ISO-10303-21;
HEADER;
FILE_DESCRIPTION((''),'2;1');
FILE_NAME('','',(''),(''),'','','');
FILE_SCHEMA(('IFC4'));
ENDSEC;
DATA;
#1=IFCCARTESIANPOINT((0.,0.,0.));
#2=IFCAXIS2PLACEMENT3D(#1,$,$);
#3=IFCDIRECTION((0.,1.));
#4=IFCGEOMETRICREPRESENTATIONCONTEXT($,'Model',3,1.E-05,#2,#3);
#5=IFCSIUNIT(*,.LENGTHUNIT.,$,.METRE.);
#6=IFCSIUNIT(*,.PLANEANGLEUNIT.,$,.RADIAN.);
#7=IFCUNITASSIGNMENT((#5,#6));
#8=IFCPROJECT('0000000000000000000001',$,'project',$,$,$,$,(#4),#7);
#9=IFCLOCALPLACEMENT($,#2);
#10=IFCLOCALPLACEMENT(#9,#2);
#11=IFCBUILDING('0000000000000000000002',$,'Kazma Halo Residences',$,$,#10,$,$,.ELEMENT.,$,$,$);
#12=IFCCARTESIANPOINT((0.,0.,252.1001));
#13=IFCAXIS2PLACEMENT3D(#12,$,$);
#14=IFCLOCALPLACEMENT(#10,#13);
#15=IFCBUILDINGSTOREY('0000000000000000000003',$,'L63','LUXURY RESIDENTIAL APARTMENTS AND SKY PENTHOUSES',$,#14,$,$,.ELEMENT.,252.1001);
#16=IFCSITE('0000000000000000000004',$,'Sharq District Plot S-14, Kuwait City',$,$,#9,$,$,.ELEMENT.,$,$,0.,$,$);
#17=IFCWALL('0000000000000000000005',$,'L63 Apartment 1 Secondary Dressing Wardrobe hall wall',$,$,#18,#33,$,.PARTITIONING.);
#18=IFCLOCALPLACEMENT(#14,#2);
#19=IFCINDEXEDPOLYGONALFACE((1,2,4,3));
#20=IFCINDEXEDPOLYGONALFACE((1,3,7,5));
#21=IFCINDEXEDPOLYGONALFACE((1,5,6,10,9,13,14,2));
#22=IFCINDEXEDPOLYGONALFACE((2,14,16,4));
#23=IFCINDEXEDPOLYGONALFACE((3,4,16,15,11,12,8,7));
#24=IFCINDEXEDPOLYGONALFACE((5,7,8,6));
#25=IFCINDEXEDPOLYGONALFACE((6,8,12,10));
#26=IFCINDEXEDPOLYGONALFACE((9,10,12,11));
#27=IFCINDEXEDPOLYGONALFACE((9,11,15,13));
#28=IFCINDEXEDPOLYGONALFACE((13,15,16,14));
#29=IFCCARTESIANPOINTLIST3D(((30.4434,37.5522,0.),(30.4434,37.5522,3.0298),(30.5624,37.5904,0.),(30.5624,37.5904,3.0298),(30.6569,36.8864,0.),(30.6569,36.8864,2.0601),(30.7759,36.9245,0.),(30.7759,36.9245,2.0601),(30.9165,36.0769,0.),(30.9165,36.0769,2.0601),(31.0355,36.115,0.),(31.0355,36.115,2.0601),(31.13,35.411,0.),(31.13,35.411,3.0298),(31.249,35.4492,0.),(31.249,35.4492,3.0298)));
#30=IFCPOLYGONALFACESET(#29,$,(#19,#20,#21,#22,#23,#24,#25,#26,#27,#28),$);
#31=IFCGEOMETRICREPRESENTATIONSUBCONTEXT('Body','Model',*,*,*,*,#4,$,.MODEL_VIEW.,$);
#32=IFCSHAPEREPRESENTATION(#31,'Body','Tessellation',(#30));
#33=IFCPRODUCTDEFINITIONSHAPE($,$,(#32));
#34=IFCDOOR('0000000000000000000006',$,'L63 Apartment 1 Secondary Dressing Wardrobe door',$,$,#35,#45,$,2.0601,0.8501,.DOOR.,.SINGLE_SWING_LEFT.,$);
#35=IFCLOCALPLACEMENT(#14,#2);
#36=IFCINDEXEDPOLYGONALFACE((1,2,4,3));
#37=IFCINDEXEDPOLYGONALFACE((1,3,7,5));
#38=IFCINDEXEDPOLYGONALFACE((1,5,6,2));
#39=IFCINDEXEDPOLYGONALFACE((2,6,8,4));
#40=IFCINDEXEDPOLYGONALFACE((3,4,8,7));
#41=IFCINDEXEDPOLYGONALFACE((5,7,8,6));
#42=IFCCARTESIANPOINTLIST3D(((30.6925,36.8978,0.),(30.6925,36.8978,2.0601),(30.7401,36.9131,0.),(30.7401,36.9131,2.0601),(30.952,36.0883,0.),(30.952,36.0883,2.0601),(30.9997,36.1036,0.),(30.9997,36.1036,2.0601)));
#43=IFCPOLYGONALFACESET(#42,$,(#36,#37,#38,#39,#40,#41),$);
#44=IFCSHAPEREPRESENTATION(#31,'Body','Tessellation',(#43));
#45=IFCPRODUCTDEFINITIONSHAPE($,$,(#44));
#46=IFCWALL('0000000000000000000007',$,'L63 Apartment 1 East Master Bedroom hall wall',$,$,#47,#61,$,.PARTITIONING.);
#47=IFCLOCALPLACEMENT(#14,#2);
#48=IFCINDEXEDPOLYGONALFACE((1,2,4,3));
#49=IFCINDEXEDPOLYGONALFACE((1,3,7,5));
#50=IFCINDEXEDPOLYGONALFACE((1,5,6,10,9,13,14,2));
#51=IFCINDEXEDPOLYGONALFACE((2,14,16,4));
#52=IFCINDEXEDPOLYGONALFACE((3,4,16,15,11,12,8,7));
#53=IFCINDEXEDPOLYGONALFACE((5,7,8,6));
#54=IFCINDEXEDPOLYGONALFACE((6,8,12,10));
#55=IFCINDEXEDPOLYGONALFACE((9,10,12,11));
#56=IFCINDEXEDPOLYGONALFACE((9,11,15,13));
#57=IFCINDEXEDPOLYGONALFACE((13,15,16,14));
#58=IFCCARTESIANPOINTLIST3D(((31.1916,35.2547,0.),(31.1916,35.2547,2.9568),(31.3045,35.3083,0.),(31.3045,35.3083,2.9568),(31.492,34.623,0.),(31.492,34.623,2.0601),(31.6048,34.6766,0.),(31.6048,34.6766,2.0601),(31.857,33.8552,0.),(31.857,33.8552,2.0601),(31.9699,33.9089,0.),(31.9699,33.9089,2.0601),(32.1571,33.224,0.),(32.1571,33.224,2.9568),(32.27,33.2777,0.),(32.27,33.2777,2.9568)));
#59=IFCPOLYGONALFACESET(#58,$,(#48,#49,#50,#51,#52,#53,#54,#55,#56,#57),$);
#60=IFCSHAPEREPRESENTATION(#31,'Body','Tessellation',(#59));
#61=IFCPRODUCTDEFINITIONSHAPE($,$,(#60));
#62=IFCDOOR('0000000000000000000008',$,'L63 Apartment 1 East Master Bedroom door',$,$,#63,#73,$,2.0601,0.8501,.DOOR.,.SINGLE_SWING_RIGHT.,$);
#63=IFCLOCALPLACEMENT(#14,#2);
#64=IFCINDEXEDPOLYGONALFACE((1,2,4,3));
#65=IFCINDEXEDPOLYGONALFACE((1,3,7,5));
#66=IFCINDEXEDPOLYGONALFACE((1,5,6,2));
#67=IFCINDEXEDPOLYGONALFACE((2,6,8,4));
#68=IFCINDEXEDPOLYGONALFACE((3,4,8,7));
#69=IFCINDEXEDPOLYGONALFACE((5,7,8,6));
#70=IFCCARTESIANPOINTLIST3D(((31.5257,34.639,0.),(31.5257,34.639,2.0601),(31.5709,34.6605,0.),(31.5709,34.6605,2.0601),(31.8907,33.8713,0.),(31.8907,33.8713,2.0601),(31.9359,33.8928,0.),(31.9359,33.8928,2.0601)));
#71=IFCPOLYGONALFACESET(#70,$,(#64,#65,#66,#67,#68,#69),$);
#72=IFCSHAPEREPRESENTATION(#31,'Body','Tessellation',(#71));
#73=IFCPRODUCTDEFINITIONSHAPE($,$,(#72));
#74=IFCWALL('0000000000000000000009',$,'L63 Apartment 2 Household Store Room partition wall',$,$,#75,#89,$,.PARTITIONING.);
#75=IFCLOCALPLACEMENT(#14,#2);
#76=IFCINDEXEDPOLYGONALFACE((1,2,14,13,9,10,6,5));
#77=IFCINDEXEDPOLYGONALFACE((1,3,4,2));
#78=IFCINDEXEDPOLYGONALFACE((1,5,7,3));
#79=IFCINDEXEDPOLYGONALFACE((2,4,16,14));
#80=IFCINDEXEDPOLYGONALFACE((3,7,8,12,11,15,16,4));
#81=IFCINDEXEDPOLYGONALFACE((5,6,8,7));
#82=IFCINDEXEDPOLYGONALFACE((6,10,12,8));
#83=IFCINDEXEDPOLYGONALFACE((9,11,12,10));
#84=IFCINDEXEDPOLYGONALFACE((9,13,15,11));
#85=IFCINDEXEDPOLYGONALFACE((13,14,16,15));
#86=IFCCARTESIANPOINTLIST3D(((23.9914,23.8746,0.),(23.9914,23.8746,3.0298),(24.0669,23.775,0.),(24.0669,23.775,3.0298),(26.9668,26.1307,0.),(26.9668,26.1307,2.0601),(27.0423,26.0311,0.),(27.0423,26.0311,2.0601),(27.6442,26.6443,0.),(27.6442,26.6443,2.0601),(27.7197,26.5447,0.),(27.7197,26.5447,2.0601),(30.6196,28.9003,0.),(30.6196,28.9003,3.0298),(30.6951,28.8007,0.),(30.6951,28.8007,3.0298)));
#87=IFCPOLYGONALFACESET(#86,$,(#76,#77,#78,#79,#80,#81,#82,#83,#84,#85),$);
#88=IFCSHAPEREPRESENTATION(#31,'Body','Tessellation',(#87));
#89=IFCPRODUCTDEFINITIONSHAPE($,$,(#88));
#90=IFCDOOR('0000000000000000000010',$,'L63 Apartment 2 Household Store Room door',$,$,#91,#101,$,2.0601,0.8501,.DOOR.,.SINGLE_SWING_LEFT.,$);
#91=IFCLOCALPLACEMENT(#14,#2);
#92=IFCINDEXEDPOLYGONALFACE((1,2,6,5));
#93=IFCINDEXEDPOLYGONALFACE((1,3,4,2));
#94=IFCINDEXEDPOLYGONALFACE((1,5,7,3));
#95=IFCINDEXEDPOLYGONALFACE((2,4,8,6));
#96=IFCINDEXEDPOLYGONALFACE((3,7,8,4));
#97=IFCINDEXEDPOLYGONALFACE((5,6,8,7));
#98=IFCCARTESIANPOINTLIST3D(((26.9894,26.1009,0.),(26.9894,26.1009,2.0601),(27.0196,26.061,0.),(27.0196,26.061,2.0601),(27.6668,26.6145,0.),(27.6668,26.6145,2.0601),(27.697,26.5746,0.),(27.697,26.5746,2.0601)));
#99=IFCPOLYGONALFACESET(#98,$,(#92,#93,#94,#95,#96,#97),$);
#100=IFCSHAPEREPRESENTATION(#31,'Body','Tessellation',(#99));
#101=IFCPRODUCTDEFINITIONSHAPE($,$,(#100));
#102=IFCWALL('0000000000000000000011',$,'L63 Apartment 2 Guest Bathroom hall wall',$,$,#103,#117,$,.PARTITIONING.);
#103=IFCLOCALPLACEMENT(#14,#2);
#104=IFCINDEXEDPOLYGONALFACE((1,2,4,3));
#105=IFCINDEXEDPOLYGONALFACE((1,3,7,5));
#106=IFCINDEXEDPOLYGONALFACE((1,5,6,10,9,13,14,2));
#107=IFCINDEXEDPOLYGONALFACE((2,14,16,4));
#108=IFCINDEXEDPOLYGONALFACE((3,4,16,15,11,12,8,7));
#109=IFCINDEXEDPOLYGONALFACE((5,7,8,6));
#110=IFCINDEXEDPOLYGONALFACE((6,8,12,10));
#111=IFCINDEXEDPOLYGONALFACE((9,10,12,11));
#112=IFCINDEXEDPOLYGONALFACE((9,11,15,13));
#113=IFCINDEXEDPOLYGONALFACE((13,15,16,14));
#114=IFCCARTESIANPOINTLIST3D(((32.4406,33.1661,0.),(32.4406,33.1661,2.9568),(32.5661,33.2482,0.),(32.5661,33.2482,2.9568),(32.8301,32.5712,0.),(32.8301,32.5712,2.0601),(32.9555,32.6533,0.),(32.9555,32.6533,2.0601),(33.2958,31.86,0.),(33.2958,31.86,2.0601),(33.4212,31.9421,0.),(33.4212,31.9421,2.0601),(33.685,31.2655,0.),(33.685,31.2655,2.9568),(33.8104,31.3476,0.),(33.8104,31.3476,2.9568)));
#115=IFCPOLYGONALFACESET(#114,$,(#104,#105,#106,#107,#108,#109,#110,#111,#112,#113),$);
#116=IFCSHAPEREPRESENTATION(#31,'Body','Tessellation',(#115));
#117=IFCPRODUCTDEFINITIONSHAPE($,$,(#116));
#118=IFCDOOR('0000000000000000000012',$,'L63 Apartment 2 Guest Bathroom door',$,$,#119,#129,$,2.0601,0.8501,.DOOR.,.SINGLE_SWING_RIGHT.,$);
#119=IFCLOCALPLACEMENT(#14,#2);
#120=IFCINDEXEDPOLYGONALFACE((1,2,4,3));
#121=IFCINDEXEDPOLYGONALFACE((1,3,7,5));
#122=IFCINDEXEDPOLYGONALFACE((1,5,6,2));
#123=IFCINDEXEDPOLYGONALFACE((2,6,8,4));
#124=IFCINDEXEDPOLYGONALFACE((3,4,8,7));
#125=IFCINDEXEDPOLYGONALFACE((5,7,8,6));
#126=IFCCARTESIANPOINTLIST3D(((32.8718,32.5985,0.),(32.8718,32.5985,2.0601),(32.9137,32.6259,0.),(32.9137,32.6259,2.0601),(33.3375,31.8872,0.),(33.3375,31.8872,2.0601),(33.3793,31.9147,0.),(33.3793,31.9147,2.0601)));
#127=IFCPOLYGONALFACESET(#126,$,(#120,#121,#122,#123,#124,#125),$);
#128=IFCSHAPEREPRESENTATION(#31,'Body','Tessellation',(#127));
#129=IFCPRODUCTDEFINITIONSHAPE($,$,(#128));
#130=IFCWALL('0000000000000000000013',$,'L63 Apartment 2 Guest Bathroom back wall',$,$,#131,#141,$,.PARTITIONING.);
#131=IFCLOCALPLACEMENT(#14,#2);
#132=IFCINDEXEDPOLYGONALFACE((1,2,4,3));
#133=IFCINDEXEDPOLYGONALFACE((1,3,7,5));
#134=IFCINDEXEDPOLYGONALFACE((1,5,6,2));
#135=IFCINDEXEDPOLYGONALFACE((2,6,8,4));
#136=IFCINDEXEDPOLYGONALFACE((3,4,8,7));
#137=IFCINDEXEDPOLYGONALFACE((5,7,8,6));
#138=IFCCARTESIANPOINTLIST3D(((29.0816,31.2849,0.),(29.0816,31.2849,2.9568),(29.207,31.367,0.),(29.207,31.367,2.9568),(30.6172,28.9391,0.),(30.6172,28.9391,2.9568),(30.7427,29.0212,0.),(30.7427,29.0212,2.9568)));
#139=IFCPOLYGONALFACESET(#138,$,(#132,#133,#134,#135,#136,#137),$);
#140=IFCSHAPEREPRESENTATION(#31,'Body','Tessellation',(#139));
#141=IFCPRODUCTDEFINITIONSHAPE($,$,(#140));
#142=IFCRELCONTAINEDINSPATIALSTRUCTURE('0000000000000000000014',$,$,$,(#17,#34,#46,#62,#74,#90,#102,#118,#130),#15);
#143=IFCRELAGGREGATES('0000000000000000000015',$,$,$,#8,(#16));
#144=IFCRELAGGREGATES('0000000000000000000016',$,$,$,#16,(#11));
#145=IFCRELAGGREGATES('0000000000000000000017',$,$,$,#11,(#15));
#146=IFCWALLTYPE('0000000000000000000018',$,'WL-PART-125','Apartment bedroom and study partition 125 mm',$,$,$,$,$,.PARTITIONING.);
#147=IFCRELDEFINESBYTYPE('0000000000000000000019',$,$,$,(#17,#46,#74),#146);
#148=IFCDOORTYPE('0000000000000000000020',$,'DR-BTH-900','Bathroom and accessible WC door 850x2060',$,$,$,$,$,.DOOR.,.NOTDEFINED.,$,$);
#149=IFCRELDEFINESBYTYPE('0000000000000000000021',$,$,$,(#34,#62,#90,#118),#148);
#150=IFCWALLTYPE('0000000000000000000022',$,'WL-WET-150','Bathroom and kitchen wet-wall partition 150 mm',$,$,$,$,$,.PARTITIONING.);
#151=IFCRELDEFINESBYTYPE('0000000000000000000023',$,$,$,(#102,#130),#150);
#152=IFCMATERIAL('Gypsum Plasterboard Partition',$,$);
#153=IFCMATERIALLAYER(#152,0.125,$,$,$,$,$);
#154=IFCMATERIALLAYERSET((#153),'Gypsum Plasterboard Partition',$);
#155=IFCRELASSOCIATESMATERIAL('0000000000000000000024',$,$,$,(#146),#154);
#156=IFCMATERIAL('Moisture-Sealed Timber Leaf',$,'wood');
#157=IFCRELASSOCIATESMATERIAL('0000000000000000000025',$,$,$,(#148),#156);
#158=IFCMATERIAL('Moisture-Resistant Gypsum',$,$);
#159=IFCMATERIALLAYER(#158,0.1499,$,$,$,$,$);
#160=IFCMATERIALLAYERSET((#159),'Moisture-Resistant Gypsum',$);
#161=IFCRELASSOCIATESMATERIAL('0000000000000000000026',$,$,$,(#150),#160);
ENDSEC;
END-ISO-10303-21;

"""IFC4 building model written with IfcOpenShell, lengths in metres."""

from ifc_helpers import new_model, si_unit, direction, frame, frame_2d, origin, place, context, subcontext, project, spatial, rectangle, extrude, material, layer, layer_set, type_object, element, fill, save


model = new_model("IFC4")

# Units and contexts
model_context = context("Model", 3, precision=1e-05, world=origin(), true_north=direction((0.0, 1.0)))
body_context = subcontext(model_context, "Body", "Model", "MODEL_VIEW")
ifc_project = project(units=[si_unit("LENGTHUNIT", "METRE"), si_unit("PLANEANGLEUNIT", "RADIAN")], contexts=[model_context])

# Site, building, storey
site_placement = place(None, origin())
site = spatial("IfcSite", under=ifc_project, at=site_placement, Name="Sharq District Plot S-14, Kuwait City", CompositionType="ELEMENT", RefElevation=0.0)
building_placement = place(site_placement, origin())
building = spatial("IfcBuilding", under=site, at=building_placement, Name="Kazma Halo Residences", CompositionType="ELEMENT")
storey_placement = place(building_placement, frame((0.0, 0.0, 252.1001)))
storey = spatial("IfcBuildingStorey", under=building, at=storey_placement, Name="L63", Description="LUXURY RESIDENTIAL APARTMENTS AND SKY PENTHOUSES", CompositionType="ELEMENT", Elevation=252.1001)

# Shared definitions
ifc_material_1 = material(Name="Gypsum Plasterboard Partition")
ifc_layer_1 = layer(ifc_material_1, 0.125)
ifc_layer_set_1 = layer_set([ifc_layer_1], Name="Gypsum Plasterboard Partition")
wall_type_1 = type_object("IfcWallType", Name="WL-PART-125", Description="Apartment bedroom and study partition 125 mm", PredefinedType="PARTITIONING", material=ifc_layer_set_1)

# Walls, openings, doors
ifc_material_2 = material(Name="Moisture-Sealed Timber Leaf", Category="wood")
door_type = type_object("IfcDoorType", Name="DR-BTH-900", Description="Bathroom and accessible WC door 850x2060", OperationType="NOTDEFINED", PredefinedType="DOOR", material=ifc_material_2)
wall_1_placement = place(storey_placement, frame((30.5029, 37.5713, 0.0), z_axis=(0.0, 0.0, 1.0), x_axis=(0.305327, -0.952247, 0.0)))
wall_1 = element("IfcWall", 1, at=wall_1_placement, inside=storey, type_object=wall_type_1, Name="L63 Apartment 1 Secondary Dressing Wardrobe hall wall", PredefinedType="PARTITIONING", context=body_context, shape_type="SweptSolid", body=[
    extrude(rectangle(XDim=2.2485, YDim=0.125, at=frame_2d((1.1243, 0.0))), origin(), (0.0, 0.0, 1.0), 3.0298),
])
opening_1_placement = place(wall_1_placement, frame((0.6992, 0.0, 0.0)))
opening_1 = element("IfcOpeningElement", 2, at=opening_1_placement, cuts=wall_1, PredefinedType="OPENING", context=body_context, shape_type="SweptSolid", body=[
    extrude(rectangle(XDim=0.8501, YDim=2.0601, at=frame_2d((0.425, 1.03))), frame((0.0, 0.0725, 0.0), z_axis=(0.0, -1.0, 0.0), x_axis=(1.0, 0.0, 0.0)), (0.0, 0.0, 1.0), 0.145),
])
door_1_placement = place(opening_1_placement, origin())
door_1 = element("IfcDoor", 3, at=door_1_placement, inside=storey, type_object=door_type, Name="L63 Apartment 1 Secondary Dressing Wardrobe door", OperationType="SINGLE_SWING_LEFT", OverallHeight=2.0601, OverallWidth=0.8501, PredefinedType="DOOR", context=body_context, shape_type="SweptSolid", body=[
    extrude(rectangle(XDim=0.8501, YDim=2.0601, at=frame_2d((0.425, 1.03))), frame((0.0, 0.0249, 0.0), z_axis=(0.0, -1.0, 0.0), x_axis=(1.0, 0.0, 0.0)), (0.0, 0.0, 1.0), 0.05),
])
fill(opening_1, door_1)
wall_2_placement = place(storey_placement, frame((31.248, 35.2815, 0.0), z_axis=(0.0, 0.0, 1.0), x_axis=(0.429407, -0.903111, 0.0)))
wall_2 = element("IfcWall", 4, at=wall_2_placement, inside=storey, type_object=wall_type_1, Name="L63 Apartment 1 East Master Bedroom hall wall", PredefinedType="PARTITIONING", context=body_context, shape_type="SweptSolid", body=[
    extrude(rectangle(XDim=2.2485, YDim=0.125, at=frame_2d((1.1243, 0.0))), origin(), (0.0, 0.0, 1.0), 2.9568),
])
opening_2_placement = place(wall_2_placement, frame((0.6995, 0.0, 0.0)))
opening_2 = element("IfcOpeningElement", 5, at=opening_2_placement, cuts=wall_2, PredefinedType="OPENING", context=body_context, shape_type="SweptSolid", body=[
    extrude(rectangle(XDim=0.8501, YDim=2.0601, at=frame_2d((0.425, 1.03))), frame((0.0, 0.0725, 0.0), z_axis=(0.0, -1.0, 0.0), x_axis=(1.0, 0.0, 0.0)), (0.0, 0.0, 1.0), 0.145),
])
door_2_placement = place(opening_2_placement, origin())
door_2 = element("IfcDoor", 6, at=door_2_placement, inside=storey, type_object=door_type, Name="L63 Apartment 1 East Master Bedroom door", OperationType="SINGLE_SWING_RIGHT", OverallHeight=2.0601, OverallWidth=0.8501, PredefinedType="DOOR", context=body_context, shape_type="SweptSolid", body=[
    extrude(rectangle(XDim=0.8501, YDim=2.0601, at=frame_2d((0.425, 1.03))), frame((0.0, 0.0249, 0.0), z_axis=(0.0, -1.0, 0.0), x_axis=(1.0, 0.0, 0.0)), (0.0, 0.0, 1.0), 0.05),
])
fill(opening_2, door_2)
wall_3_placement = place(storey_placement, frame((30.6575, 28.8506, 0.0), z_axis=(0.0, 0.0, 1.0), x_axis=(-0.796844, -0.604185, 0.0)))
wall_3 = element("IfcWall", 7, at=wall_3_placement, inside=storey, type_object=wall_type_1, Name="L63 Apartment 2 Household Store Room partition wall", PredefinedType="PARTITIONING", context=body_context, shape_type="SweptSolid", body=[
    extrude(rectangle(XDim=8.3181, YDim=0.125, at=frame_2d((4.1592, 0.0))), origin(), (0.0, 0.0, 1.0), 3.0298),
])
opening_3_placement = place(wall_3_placement, frame((3.7341, 0.0, 0.0)))
opening_3 = element("IfcOpeningElement", 8, at=opening_3_placement, cuts=wall_3, PredefinedType="OPENING", context=body_context, shape_type="SweptSolid", body=[
    extrude(rectangle(XDim=0.8501, YDim=2.0601, at=frame_2d((0.425, 1.03))), frame((0.0, 0.0725, 0.0), z_axis=(0.0, -1.0, 0.0), x_axis=(1.0, 0.0, 0.0)), (0.0, 0.0, 1.0), 0.145),
])
door_3_placement = place(opening_3_placement, origin())
door_3 = element("IfcDoor", 9, at=door_3_placement, inside=storey, type_object=door_type, Name="L63 Apartment 2 Household Store Room door", OperationType="SINGLE_SWING_LEFT", OverallHeight=2.0601, OverallWidth=0.8501, PredefinedType="DOOR", context=body_context, shape_type="SweptSolid", body=[
    extrude(rectangle(XDim=0.8501, YDim=2.0601, at=frame_2d((0.425, 1.03))), frame((0.0, 0.0249, 0.0), z_axis=(0.0, -1.0, 0.0), x_axis=(1.0, 0.0, 0.0)), (0.0, 0.0, 1.0), 0.05),
])
fill(opening_3, door_3)
ifc_material_3 = material(Name="Moisture-Resistant Gypsum")
ifc_layer_2 = layer(ifc_material_3, 0.1499)
ifc_layer_set_2 = layer_set([ifc_layer_2], Name="Moisture-Resistant Gypsum")
wall_type_2 = type_object("IfcWallType", Name="WL-WET-150", Description="Bathroom and kitchen wet-wall partition 150 mm", PredefinedType="PARTITIONING", material=ifc_layer_set_2)
wall_4_placement = place(storey_placement, frame((32.5034, 33.207, 0.0), z_axis=(0.0, 0.0, 1.0), x_axis=(0.547762, -0.836634, 0.0)))
wall_4 = element("IfcWall", 10, at=wall_4_placement, inside=storey, type_object=wall_type_2, Name="L63 Apartment 2 Guest Bathroom hall wall", PredefinedType="PARTITIONING", context=body_context, shape_type="SweptSolid", body=[
    extrude(rectangle(XDim=2.2717, YDim=0.1499, at=frame_2d((1.1357, 0.0))), origin(), (0.0, 0.0, 1.0), 2.9568),
])
opening_4_placement = place(wall_4_placement, frame((0.7109, 0.0, 0.0)))
opening_4 = element("IfcOpeningElement", 11, at=opening_4_placement, cuts=wall_4, PredefinedType="OPENING", context=body_context, shape_type="SweptSolid", body=[
    extrude(rectangle(XDim=0.8501, YDim=2.0601, at=frame_2d((0.425, 1.03))), frame((0.0, 0.085, 0.0), z_axis=(0.0, -1.0, 0.0), x_axis=(1.0, 0.0, 0.0)), (0.0, 0.0, 1.0), 0.1699),
])
door_4_placement = place(opening_4_placement, origin())
door_4 = element("IfcDoor", 12, at=door_4_placement, inside=storey, type_object=door_type, Name="L63 Apartment 2 Guest Bathroom door", OperationType="SINGLE_SWING_RIGHT", OverallHeight=2.0601, OverallWidth=0.8501, PredefinedType="DOOR", context=body_context, shape_type="SweptSolid", body=[
    extrude(rectangle(XDim=0.8501, YDim=2.0601, at=frame_2d((0.425, 1.03))), frame((0.0, 0.0249, 0.0), z_axis=(0.0, -1.0, 0.0), x_axis=(1.0, 0.0, 0.0)), (0.0, 0.0, 1.0), 0.05),
])
fill(opening_4, door_4)

# Wall
wall_5_placement = place(storey_placement, frame((29.1443, 31.3259, 0.0), z_axis=(0.0, 0.0, 1.0), x_axis=(0.547728, -0.836657, 0.0)))
element("IfcWall", 13, at=wall_5_placement, inside=storey, type_object=wall_type_2, Name="L63 Apartment 2 Guest Bathroom back wall", PredefinedType="PARTITIONING", context=body_context, shape_type="SweptSolid", body=[
    extrude(rectangle(XDim=2.8037, YDim=0.1499, at=frame_2d((1.4019, 0.0))), origin(), (0.0, 0.0, 1.0), 2.9568),
])

save(model, "model.ifc")
